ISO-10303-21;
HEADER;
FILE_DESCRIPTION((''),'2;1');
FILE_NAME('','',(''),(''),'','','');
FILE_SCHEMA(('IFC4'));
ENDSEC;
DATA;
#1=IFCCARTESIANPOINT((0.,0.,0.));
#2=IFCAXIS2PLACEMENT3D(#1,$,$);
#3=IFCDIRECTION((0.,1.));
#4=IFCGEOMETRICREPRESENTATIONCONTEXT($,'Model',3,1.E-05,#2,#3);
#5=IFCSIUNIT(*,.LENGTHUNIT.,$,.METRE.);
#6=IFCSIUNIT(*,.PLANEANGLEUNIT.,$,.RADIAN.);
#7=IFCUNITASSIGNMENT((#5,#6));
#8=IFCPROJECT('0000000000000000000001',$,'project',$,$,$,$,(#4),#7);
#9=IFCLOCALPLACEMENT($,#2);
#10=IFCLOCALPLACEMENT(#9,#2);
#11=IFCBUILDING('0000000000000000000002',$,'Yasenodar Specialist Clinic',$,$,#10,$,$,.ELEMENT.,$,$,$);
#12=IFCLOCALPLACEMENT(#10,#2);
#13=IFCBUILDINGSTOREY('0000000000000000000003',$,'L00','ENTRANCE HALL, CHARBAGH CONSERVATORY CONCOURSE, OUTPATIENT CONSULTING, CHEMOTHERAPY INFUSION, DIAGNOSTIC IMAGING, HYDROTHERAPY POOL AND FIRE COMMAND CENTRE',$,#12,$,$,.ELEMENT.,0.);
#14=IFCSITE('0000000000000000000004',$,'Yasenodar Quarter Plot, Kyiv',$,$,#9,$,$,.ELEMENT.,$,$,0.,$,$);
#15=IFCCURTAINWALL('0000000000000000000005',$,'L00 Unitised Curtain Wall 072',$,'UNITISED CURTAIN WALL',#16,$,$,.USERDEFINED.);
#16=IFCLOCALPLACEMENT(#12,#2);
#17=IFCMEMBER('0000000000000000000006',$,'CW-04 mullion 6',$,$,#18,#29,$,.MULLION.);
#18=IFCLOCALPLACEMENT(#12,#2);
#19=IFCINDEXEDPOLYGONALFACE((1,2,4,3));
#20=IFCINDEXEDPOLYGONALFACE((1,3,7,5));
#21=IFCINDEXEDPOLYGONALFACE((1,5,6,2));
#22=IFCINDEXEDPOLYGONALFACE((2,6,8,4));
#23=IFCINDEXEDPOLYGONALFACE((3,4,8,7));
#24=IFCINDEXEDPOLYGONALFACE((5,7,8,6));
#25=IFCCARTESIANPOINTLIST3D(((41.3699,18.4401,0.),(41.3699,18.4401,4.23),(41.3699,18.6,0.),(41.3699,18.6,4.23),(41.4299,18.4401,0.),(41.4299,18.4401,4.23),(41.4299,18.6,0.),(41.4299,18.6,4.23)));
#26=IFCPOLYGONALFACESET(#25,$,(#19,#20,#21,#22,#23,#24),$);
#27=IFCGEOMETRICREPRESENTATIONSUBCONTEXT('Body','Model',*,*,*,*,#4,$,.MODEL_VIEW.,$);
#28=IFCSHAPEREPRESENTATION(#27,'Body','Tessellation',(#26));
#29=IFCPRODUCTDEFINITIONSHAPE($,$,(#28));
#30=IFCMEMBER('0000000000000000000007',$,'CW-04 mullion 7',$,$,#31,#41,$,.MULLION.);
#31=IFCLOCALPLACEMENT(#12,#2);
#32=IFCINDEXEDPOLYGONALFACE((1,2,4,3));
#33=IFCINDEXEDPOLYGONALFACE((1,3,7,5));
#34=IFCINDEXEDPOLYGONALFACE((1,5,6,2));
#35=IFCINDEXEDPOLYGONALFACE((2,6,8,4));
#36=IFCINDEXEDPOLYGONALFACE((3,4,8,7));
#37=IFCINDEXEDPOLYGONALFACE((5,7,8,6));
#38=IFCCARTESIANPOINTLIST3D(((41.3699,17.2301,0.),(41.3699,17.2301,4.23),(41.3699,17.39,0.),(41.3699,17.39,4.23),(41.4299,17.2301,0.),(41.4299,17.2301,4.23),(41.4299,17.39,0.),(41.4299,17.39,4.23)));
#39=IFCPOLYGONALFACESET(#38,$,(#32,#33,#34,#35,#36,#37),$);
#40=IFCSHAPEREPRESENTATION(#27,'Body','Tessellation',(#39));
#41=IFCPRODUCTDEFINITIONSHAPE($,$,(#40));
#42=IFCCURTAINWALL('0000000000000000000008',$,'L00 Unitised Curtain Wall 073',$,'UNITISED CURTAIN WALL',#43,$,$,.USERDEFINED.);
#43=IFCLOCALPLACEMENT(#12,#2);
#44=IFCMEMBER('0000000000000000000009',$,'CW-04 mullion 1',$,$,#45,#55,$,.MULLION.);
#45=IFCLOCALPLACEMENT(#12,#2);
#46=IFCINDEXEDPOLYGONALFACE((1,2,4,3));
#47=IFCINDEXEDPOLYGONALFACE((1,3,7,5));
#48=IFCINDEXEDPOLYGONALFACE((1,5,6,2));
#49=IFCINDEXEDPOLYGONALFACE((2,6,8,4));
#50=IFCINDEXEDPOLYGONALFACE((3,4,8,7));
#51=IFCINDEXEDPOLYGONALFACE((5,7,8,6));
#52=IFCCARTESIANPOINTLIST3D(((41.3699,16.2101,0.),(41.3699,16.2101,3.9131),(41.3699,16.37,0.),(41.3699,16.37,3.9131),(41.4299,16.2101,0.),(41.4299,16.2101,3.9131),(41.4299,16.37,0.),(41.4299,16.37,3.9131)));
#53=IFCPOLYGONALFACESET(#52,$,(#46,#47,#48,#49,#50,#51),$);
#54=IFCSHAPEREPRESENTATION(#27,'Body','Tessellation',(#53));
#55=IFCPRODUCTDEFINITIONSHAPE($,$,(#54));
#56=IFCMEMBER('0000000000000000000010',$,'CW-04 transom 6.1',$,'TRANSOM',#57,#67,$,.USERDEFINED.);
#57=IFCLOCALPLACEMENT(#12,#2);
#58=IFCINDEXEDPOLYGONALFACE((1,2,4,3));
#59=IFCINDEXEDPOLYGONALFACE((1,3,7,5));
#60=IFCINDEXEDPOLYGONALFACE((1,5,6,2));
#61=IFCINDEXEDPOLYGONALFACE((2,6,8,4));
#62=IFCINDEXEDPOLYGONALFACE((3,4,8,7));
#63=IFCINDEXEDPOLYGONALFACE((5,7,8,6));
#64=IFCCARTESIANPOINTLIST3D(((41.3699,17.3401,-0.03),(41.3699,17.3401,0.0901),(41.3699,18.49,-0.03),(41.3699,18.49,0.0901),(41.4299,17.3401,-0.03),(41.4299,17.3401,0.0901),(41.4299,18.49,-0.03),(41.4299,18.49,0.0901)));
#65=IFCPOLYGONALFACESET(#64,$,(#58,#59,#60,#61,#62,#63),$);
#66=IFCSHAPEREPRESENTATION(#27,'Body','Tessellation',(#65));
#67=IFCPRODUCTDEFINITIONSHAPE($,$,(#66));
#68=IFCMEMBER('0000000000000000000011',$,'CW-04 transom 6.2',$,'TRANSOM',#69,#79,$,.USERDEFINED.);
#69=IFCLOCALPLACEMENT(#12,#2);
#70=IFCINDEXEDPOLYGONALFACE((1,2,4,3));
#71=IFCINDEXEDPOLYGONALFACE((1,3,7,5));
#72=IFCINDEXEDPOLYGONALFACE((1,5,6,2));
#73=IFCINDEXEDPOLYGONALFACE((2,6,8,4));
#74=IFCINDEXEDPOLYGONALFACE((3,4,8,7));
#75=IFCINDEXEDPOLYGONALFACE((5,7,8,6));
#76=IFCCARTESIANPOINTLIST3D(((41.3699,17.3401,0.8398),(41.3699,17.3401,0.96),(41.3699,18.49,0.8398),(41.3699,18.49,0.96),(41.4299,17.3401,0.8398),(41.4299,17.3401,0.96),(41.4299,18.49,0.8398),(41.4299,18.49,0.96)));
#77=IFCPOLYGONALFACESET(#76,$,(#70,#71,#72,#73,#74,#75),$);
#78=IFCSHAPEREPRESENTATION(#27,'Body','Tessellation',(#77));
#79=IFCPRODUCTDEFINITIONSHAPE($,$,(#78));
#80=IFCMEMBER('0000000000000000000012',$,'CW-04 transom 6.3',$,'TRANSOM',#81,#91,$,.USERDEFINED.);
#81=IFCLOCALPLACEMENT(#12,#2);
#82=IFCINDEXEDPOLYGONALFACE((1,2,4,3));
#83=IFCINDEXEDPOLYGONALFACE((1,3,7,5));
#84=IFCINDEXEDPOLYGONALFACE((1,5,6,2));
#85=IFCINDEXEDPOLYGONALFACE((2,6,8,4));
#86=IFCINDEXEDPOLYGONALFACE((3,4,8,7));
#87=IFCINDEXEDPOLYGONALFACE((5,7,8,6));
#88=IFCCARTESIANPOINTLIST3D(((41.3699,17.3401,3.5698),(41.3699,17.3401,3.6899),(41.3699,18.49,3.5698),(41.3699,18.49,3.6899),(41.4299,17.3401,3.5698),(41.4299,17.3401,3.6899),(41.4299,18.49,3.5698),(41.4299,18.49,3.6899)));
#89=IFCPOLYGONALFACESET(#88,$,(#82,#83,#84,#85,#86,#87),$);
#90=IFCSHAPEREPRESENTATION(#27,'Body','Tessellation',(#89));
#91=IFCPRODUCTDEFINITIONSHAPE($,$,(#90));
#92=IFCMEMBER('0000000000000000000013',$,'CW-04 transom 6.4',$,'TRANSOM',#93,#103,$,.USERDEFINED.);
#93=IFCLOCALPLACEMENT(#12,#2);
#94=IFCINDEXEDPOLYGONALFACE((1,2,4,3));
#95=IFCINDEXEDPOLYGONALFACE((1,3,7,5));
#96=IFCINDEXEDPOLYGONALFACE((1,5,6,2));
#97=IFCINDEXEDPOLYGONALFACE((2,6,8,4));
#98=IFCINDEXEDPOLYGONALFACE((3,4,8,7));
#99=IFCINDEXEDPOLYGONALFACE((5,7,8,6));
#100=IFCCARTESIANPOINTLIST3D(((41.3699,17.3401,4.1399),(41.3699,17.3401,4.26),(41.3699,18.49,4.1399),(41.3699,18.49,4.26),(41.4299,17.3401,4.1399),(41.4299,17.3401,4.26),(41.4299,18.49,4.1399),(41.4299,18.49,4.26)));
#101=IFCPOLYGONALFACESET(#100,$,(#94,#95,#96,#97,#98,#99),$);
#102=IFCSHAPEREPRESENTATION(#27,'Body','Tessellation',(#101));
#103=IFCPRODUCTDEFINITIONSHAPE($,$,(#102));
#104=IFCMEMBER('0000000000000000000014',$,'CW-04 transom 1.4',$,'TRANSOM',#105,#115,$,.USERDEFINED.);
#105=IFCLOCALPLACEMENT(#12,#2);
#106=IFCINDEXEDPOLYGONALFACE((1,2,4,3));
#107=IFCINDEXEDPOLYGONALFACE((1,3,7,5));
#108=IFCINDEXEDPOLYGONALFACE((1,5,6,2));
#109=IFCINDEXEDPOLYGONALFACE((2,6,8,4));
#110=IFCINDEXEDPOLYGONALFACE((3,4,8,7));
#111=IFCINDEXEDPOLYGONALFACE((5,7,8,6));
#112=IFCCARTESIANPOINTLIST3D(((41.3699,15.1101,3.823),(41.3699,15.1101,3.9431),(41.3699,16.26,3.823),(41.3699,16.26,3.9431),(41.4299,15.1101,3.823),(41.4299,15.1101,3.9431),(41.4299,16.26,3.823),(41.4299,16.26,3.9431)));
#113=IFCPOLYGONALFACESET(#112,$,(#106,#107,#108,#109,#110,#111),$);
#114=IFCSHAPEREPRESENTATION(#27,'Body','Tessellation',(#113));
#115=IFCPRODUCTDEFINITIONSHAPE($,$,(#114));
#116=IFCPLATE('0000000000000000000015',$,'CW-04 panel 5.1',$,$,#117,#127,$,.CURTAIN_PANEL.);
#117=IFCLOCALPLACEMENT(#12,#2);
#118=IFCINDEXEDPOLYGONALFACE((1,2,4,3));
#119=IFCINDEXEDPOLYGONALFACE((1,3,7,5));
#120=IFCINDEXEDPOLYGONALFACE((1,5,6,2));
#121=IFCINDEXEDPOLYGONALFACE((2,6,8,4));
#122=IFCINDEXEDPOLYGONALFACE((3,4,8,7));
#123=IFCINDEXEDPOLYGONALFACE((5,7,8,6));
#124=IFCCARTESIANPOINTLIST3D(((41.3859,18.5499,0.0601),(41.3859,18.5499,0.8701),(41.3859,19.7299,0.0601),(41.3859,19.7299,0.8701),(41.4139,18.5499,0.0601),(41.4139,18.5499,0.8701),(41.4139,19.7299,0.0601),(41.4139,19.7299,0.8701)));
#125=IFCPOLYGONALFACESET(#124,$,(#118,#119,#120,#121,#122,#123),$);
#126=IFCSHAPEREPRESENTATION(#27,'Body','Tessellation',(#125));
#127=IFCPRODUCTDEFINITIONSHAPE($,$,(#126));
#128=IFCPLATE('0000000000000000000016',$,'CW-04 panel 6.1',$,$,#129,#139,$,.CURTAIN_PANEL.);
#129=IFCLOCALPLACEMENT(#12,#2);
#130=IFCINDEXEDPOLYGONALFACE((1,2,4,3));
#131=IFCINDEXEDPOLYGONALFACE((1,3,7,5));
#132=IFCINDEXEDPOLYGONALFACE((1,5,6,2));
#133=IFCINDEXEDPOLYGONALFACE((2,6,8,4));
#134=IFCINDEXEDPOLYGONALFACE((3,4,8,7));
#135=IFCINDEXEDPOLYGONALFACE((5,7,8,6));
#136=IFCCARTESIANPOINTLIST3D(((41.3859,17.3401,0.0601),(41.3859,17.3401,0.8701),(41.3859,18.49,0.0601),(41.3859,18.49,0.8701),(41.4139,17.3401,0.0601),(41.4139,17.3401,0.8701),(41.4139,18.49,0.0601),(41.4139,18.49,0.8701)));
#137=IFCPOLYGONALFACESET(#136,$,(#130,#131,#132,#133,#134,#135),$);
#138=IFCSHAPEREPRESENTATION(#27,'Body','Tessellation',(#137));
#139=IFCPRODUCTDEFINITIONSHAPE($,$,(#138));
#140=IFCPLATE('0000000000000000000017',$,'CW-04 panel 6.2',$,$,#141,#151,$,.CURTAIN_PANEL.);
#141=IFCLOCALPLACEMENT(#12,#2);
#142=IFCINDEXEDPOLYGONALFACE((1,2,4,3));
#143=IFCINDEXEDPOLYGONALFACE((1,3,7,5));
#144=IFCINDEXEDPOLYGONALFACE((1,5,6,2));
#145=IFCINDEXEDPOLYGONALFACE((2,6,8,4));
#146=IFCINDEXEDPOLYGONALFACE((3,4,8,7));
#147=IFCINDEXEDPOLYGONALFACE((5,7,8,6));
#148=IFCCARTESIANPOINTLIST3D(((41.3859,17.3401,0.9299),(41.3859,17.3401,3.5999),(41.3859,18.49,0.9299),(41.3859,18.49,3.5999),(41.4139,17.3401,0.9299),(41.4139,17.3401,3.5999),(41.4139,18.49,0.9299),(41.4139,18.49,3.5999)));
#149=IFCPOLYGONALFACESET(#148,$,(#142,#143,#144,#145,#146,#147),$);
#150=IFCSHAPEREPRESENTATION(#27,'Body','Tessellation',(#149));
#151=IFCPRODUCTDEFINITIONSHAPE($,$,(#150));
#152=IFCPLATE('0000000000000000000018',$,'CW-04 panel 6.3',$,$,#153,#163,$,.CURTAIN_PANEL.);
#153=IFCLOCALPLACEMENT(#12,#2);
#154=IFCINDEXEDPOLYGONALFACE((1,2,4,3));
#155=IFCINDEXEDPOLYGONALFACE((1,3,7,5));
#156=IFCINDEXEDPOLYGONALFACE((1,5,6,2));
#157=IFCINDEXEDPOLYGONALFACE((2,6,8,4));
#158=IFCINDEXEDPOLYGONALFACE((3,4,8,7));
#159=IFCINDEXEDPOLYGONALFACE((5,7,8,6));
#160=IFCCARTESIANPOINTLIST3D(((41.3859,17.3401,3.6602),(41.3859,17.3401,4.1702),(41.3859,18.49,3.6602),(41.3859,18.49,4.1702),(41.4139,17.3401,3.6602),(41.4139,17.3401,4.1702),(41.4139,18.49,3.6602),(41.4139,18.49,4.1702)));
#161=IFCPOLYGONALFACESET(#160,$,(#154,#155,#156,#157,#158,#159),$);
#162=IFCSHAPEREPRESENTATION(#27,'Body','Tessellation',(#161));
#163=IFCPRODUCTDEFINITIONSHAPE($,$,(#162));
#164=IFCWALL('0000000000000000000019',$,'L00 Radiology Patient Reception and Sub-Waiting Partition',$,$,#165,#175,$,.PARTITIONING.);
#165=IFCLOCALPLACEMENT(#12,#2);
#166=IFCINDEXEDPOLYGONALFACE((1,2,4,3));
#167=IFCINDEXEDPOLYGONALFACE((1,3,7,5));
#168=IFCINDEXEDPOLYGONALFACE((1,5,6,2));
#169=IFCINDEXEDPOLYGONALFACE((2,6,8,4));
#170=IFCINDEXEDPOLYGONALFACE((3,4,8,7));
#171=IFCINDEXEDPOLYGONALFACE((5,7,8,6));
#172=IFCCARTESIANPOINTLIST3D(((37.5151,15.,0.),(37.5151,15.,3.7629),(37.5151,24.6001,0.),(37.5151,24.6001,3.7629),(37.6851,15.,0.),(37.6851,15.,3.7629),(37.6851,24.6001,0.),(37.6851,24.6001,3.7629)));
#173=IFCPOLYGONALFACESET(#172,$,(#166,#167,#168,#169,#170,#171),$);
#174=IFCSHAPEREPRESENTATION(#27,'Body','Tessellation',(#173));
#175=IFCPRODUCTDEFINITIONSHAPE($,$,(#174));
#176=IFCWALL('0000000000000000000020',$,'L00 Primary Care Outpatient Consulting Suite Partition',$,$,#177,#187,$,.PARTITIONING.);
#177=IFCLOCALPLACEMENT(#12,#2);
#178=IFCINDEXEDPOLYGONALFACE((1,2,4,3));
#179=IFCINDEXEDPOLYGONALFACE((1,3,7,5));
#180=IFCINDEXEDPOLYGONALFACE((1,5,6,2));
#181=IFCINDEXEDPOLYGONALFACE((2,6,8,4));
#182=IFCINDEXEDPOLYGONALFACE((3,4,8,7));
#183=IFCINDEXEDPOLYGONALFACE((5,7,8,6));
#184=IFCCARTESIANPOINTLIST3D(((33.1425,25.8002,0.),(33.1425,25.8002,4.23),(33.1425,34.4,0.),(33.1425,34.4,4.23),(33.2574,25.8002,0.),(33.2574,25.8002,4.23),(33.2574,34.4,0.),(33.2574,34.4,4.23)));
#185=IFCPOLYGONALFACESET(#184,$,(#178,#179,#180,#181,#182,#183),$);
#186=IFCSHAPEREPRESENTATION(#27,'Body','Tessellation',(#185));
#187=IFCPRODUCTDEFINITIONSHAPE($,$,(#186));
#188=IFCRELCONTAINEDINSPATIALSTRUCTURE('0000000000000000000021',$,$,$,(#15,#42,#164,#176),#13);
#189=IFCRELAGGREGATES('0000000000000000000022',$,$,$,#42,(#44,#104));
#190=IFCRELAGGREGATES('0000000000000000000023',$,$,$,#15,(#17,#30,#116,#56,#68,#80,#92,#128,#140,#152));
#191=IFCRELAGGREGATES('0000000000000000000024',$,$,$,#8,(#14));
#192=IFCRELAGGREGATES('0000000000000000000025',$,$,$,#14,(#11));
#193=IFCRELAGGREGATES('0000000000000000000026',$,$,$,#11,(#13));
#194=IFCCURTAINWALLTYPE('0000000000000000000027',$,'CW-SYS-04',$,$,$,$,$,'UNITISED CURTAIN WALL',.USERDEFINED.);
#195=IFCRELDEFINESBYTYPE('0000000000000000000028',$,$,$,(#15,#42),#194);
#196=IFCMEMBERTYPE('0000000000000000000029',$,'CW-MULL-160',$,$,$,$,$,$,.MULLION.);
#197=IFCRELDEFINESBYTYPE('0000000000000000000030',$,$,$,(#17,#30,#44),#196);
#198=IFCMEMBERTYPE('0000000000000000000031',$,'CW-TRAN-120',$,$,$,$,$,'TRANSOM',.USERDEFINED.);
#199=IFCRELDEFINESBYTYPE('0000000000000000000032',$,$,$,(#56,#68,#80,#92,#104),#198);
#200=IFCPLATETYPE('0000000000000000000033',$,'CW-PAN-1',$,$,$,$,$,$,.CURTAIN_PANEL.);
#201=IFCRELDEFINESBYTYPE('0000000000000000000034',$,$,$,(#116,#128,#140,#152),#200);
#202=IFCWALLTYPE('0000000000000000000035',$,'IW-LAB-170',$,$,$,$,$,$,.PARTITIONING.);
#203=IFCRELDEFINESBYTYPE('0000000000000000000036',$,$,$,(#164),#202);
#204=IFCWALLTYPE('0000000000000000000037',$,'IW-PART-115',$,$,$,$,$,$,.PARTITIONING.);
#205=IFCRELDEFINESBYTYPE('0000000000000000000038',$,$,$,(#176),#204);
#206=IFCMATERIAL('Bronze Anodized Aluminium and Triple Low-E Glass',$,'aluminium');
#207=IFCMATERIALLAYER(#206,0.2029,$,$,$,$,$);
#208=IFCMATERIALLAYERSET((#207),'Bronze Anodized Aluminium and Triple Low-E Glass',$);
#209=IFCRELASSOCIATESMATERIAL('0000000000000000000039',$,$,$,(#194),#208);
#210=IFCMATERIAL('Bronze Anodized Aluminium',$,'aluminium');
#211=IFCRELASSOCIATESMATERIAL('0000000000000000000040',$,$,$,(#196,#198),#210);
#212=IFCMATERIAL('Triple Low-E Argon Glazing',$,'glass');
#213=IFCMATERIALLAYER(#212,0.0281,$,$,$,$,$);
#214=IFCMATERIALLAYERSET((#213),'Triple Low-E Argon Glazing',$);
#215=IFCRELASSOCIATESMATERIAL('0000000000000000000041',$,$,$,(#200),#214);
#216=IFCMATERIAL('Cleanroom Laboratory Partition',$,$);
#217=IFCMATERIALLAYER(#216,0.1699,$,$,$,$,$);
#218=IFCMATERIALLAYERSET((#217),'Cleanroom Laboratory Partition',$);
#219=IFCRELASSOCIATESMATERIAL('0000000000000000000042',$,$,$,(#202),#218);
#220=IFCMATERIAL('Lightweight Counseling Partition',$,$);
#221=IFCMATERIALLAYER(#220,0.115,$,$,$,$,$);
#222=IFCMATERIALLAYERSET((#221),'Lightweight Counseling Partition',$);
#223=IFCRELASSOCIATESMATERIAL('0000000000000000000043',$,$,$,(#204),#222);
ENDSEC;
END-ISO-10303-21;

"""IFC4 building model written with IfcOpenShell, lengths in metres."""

from ifc_helpers import new_model, si_unit, direction, frame, frame_2d, origin, origin_2d, place, context, subcontext, project, spatial, rectangle, extrude, material, layer, layer_set, material_profile, profile_set, type_object, element, aggregate, save


model = new_model("IFC4")

# Units and contexts
model_context = context("Model", 3, precision=1e-05, world=origin(), true_north=direction((0.0, 1.0)))
body_context = subcontext(model_context, "Body", "Model", "MODEL_VIEW")
ifc_project = project(units=[si_unit("LENGTHUNIT", "METRE"), si_unit("PLANEANGLEUNIT", "RADIAN")], contexts=[model_context])

# Site, building, storey
site_placement = place(None, origin())
site = spatial("IfcSite", under=ifc_project, at=site_placement, Name="Yasenodar Quarter Plot, Kyiv", CompositionType="ELEMENT", RefElevation=0.0)
building_placement = place(site_placement, origin())
building = spatial("IfcBuilding", under=site, at=building_placement, Name="Yasenodar Specialist Clinic", CompositionType="ELEMENT")
storey_placement = place(building_placement, origin())
storey = spatial("IfcBuildingStorey", under=building, at=storey_placement, Name="L00", Description="ENTRANCE HALL, CHARBAGH CONSERVATORY CONCOURSE, OUTPATIENT CONSULTING, CHEMOTHERAPY INFUSION, DIAGNOSTIC IMAGING, HYDROTHERAPY POOL AND FIRE COMMAND CENTRE", CompositionType="ELEMENT", Elevation=0.0)

# Curtain wall, members
ifc_material_1 = material(Name="Bronze Anodized Aluminium and Triple Low-E Glass", Category="aluminium")
ifc_layer_1 = layer(ifc_material_1, 0.2029)
ifc_layer_set_1 = layer_set([ifc_layer_1], Name="Bronze Anodized Aluminium and Triple Low-E Glass")
curtain_wall_type = type_object("IfcCurtainWallType", Name="CW-SYS-04", ElementType="UNITISED CURTAIN WALL", PredefinedType="USERDEFINED", material=ifc_layer_set_1)
curtain_wall_1_placement = place(storey_placement, origin())
curtain_wall_1 = element("IfcCurtainWall", 1, at=curtain_wall_1_placement, inside=storey, type_object=curtain_wall_type, Name="L00 Unitised Curtain Wall 072", ObjectType="UNITISED CURTAIN WALL", PredefinedType="USERDEFINED")
ifc_material_2 = material(Name="Bronze Anodized Aluminium", Category="aluminium")
ifc_material_profile_1 = material_profile(ifc_material_2, rectangle(XDim=0.0601, YDim=0.1599, at=origin_2d()), Name="CW-MULL 60x160")
ifc_profile_set_1 = profile_set([ifc_material_profile_1], Name="Bronze Anodized Aluminium")
member_type_1 = type_object("IfcMemberType", Name="CW-MULL-160", PredefinedType="MULLION", material=ifc_profile_set_1)
member_1_placement = place(storey_placement, frame((41.3999, 18.52, 0.0), z_axis=(0.0, 0.0, 1.0), x_axis=(1.0, 0.0, 0.0)))
member_1 = element("IfcMember", 2, at=member_1_placement, type_object=member_type_1, Name="CW-04 mullion 6", PredefinedType="MULLION", context=body_context, shape_type="SweptSolid", body=[
    extrude(rectangle(XDim=0.0601, YDim=0.1599, at=origin_2d()), origin(), (0.0, 0.0, 1.0), 4.23),
])
member_2_placement = place(storey_placement, frame((41.3999, 17.3101, 0.0), z_axis=(0.0, 0.0, 1.0), x_axis=(1.0, 0.0, 0.0)))
member_2 = element("IfcMember", 3, at=member_2_placement, type_object=member_type_1, Name="CW-04 mullion 7", PredefinedType="MULLION", context=body_context, shape_type="SweptSolid", body=[
    extrude(rectangle(XDim=0.0601, YDim=0.1599, at=origin_2d()), origin(), (0.0, 0.0, 1.0), 4.23),
])

# Curtain wall, member
curtain_wall_2_placement = place(storey_placement, origin())
curtain_wall_2 = element("IfcCurtainWall", 4, at=curtain_wall_2_placement, inside=storey, type_object=curtain_wall_type, Name="L00 Unitised Curtain Wall 073", ObjectType="UNITISED CURTAIN WALL", PredefinedType="USERDEFINED")
member_3_placement = place(storey_placement, frame((41.3999, 16.29, 0.0), z_axis=(0.0, 0.0, 1.0), x_axis=(1.0, 0.0, 0.0)))
member_3 = element("IfcMember", 5, at=member_3_placement, type_object=member_type_1, Name="CW-04 mullion 1", PredefinedType="MULLION", context=body_context, shape_type="SweptSolid", body=[
    extrude(rectangle(XDim=0.0601, YDim=0.1599, at=origin_2d()), origin(), (0.0, 0.0, 1.0), 3.9131),
])

# Members
ifc_material_profile_2 = material_profile(ifc_material_2, rectangle(XDim=0.0601, YDim=0.1201, at=origin_2d()), Name="CW-TRAN 60x120")
ifc_profile_set_2 = profile_set([ifc_material_profile_2], Name="Bronze Anodized Aluminium")
member_type_2 = type_object("IfcMemberType", Name="CW-TRAN-120", ElementType="TRANSOM", PredefinedType="USERDEFINED", material=ifc_profile_set_2)
member_4_placement = place(storey_placement, frame((41.3999, 18.49, 0.03), z_axis=(0.0, -1.0, 0.0), x_axis=(1.0, 0.0, 0.0)))
member_4 = element("IfcMember", 6, at=member_4_placement, type_object=member_type_2, Name="CW-04 transom 6.1", ObjectType="TRANSOM", PredefinedType="USERDEFINED", context=body_context, shape_type="SweptSolid", body=[
    extrude(rectangle(XDim=0.0601, YDim=0.1201, at=origin_2d()), origin(), (0.0, 0.0, 1.0), 1.1499),
])
member_5_placement = place(storey_placement, frame((41.3999, 18.49, 0.8999), z_axis=(0.0, -1.0, 0.0), x_axis=(1.0, 0.0, 0.0)))
member_5 = element("IfcMember", 7, at=member_5_placement, type_object=member_type_2, Name="CW-04 transom 6.2", ObjectType="TRANSOM", PredefinedType="USERDEFINED", context=body_context, shape_type="SweptSolid", body=[
    extrude(rectangle(XDim=0.0601, YDim=0.1201, at=origin_2d()), origin(), (0.0, 0.0, 1.0), 1.1499),
])
member_6_placement = place(storey_placement, frame((41.3999, 18.49, 3.6299), z_axis=(0.0, -1.0, 0.0), x_axis=(1.0, 0.0, 0.0)))
member_6 = element("IfcMember", 8, at=member_6_placement, type_object=member_type_2, Name="CW-04 transom 6.3", ObjectType="TRANSOM", PredefinedType="USERDEFINED", context=body_context, shape_type="SweptSolid", body=[
    extrude(rectangle(XDim=0.0601, YDim=0.1201, at=origin_2d()), origin(), (0.0, 0.0, 1.0), 1.1499),
])
member_7_placement = place(storey_placement, frame((41.3999, 18.49, 4.2), z_axis=(0.0, -1.0, 0.0), x_axis=(1.0, 0.0, 0.0)))
member_7 = element("IfcMember", 9, at=member_7_placement, type_object=member_type_2, Name="CW-04 transom 6.4", ObjectType="TRANSOM", PredefinedType="USERDEFINED", context=body_context, shape_type="SweptSolid", body=[
    extrude(rectangle(XDim=0.0601, YDim=0.1201, at=origin_2d()), origin(), (0.0, 0.0, 1.0), 1.1499),
])
member_8_placement = place(storey_placement, frame((41.3999, 16.26, 3.8831), z_axis=(0.0, -1.0, 0.0), x_axis=(1.0, 0.0, 0.0)))
member_8 = element("IfcMember", 10, at=member_8_placement, type_object=member_type_2, Name="CW-04 transom 1.4", ObjectType="TRANSOM", PredefinedType="USERDEFINED", context=body_context, shape_type="SweptSolid", body=[
    extrude(rectangle(XDim=0.0601, YDim=0.1201, at=origin_2d()), origin(), (0.0, 0.0, 1.0), 1.1499),
])
aggregate(curtain_wall_2, [member_3, member_8])

# Plates
ifc_material_3 = material(Name="Triple Low-E Argon Glazing", Category="glass")
ifc_layer_2 = layer(ifc_material_3, 0.0281)
ifc_layer_set_2 = layer_set([ifc_layer_2], Name="Triple Low-E Argon Glazing")
plate_type = type_object("IfcPlateType", Name="CW-PAN-1", PredefinedType="CURTAIN_PANEL", material=ifc_layer_set_2)
plate_1_placement = place(storey_placement, frame((41.3999, 19.1399, 0.0601), z_axis=(0.0, 0.0, 1.0), x_axis=(0.0, -1.0, 0.0)))
plate_1 = element("IfcPlate", 11, at=plate_1_placement, type_object=plate_type, Name="CW-04 panel 5.1", PredefinedType="CURTAIN_PANEL", context=body_context, shape_type="SweptSolid", body=[
    extrude(rectangle(XDim=1.1799, YDim=0.0281, at=origin_2d()), origin(), (0.0, 0.0, 1.0), 0.8101),
])
plate_2_placement = place(storey_placement, frame((41.3999, 17.915, 0.0601), z_axis=(0.0, 0.0, 1.0), x_axis=(0.0, -1.0, 0.0)))
plate_2 = element("IfcPlate", 12, at=plate_2_placement, type_object=plate_type, Name="CW-04 panel 6.1", PredefinedType="CURTAIN_PANEL", context=body_context, shape_type="SweptSolid", body=[
    extrude(rectangle(XDim=1.1499, YDim=0.0281, at=origin_2d()), origin(), (0.0, 0.0, 1.0), 0.8101),
])
plate_3_placement = place(storey_placement, frame((41.3999, 17.915, 0.9299), z_axis=(0.0, 0.0, 1.0), x_axis=(0.0, -1.0, 0.0)))
plate_3 = element("IfcPlate", 13, at=plate_3_placement, type_object=plate_type, Name="CW-04 panel 6.2", PredefinedType="CURTAIN_PANEL", context=body_context, shape_type="SweptSolid", body=[
    extrude(rectangle(XDim=1.1499, YDim=0.0281, at=origin_2d()), origin(), (0.0, 0.0, 1.0), 2.6699),
])
plate_4_placement = place(storey_placement, frame((41.3999, 17.915, 3.6602), z_axis=(0.0, 0.0, 1.0), x_axis=(0.0, -1.0, 0.0)))
plate_4 = element("IfcPlate", 14, at=plate_4_placement, type_object=plate_type, Name="CW-04 panel 6.3", PredefinedType="CURTAIN_PANEL", context=body_context, shape_type="SweptSolid", body=[
    extrude(rectangle(XDim=1.1499, YDim=0.0281, at=origin_2d()), origin(), (0.0, 0.0, 1.0), 0.51),
])
aggregate(curtain_wall_1, [member_1, member_2, plate_1, member_4, member_5, member_6, member_7, plate_2, plate_3, plate_4])

# Walls
ifc_material_4 = material(Name="Cleanroom Laboratory Partition")
ifc_layer_3 = layer(ifc_material_4, 0.1699)
ifc_layer_set_3 = layer_set([ifc_layer_3], Name="Cleanroom Laboratory Partition")
wall_type_1 = type_object("IfcWallType", Name="IW-LAB-170", PredefinedType="PARTITIONING", material=ifc_layer_set_3)
wall_1_placement = place(storey_placement, frame((37.6001, 24.6001, 0.0), z_axis=(0.0, 0.0, 1.0), x_axis=(0.0, -1.0, 0.0)))
element("IfcWall", 15, at=wall_1_placement, inside=storey, type_object=wall_type_1, Name="L00 Radiology Patient Reception and Sub-Waiting Partition", PredefinedType="PARTITIONING", context=body_context, shape_type="SweptSolid", body=[
    extrude(rectangle(XDim=9.6001, YDim=0.1699, at=frame_2d((4.8, 0.0))), origin(), (0.0, 0.0, 1.0), 3.7629),
])
ifc_material_5 = material(Name="Lightweight Counseling Partition")
ifc_layer_4 = layer(ifc_material_5, 0.115)
ifc_layer_set_4 = layer_set([ifc_layer_4], Name="Lightweight Counseling Partition")
wall_type_2 = type_object("IfcWallType", Name="IW-PART-115", PredefinedType="PARTITIONING", material=ifc_layer_set_4)
wall_2_placement = place(storey_placement, frame((33.2, 34.3999, 0.0), z_axis=(0.0, 0.0, 1.0), x_axis=(0.0, -1.0, 0.0)))
element("IfcWall", 16, at=wall_2_placement, inside=storey, type_object=wall_type_2, Name="L00 Primary Care Outpatient Consulting Suite Partition", PredefinedType="PARTITIONING", context=body_context, shape_type="SweptSolid", body=[
    extrude(rectangle(XDim=8.5999, YDim=0.115, at=frame_2d((4.2998, 0.0))), origin(), (0.0, 0.0, 1.0), 4.23),
])

save(model, "model.ifc")
